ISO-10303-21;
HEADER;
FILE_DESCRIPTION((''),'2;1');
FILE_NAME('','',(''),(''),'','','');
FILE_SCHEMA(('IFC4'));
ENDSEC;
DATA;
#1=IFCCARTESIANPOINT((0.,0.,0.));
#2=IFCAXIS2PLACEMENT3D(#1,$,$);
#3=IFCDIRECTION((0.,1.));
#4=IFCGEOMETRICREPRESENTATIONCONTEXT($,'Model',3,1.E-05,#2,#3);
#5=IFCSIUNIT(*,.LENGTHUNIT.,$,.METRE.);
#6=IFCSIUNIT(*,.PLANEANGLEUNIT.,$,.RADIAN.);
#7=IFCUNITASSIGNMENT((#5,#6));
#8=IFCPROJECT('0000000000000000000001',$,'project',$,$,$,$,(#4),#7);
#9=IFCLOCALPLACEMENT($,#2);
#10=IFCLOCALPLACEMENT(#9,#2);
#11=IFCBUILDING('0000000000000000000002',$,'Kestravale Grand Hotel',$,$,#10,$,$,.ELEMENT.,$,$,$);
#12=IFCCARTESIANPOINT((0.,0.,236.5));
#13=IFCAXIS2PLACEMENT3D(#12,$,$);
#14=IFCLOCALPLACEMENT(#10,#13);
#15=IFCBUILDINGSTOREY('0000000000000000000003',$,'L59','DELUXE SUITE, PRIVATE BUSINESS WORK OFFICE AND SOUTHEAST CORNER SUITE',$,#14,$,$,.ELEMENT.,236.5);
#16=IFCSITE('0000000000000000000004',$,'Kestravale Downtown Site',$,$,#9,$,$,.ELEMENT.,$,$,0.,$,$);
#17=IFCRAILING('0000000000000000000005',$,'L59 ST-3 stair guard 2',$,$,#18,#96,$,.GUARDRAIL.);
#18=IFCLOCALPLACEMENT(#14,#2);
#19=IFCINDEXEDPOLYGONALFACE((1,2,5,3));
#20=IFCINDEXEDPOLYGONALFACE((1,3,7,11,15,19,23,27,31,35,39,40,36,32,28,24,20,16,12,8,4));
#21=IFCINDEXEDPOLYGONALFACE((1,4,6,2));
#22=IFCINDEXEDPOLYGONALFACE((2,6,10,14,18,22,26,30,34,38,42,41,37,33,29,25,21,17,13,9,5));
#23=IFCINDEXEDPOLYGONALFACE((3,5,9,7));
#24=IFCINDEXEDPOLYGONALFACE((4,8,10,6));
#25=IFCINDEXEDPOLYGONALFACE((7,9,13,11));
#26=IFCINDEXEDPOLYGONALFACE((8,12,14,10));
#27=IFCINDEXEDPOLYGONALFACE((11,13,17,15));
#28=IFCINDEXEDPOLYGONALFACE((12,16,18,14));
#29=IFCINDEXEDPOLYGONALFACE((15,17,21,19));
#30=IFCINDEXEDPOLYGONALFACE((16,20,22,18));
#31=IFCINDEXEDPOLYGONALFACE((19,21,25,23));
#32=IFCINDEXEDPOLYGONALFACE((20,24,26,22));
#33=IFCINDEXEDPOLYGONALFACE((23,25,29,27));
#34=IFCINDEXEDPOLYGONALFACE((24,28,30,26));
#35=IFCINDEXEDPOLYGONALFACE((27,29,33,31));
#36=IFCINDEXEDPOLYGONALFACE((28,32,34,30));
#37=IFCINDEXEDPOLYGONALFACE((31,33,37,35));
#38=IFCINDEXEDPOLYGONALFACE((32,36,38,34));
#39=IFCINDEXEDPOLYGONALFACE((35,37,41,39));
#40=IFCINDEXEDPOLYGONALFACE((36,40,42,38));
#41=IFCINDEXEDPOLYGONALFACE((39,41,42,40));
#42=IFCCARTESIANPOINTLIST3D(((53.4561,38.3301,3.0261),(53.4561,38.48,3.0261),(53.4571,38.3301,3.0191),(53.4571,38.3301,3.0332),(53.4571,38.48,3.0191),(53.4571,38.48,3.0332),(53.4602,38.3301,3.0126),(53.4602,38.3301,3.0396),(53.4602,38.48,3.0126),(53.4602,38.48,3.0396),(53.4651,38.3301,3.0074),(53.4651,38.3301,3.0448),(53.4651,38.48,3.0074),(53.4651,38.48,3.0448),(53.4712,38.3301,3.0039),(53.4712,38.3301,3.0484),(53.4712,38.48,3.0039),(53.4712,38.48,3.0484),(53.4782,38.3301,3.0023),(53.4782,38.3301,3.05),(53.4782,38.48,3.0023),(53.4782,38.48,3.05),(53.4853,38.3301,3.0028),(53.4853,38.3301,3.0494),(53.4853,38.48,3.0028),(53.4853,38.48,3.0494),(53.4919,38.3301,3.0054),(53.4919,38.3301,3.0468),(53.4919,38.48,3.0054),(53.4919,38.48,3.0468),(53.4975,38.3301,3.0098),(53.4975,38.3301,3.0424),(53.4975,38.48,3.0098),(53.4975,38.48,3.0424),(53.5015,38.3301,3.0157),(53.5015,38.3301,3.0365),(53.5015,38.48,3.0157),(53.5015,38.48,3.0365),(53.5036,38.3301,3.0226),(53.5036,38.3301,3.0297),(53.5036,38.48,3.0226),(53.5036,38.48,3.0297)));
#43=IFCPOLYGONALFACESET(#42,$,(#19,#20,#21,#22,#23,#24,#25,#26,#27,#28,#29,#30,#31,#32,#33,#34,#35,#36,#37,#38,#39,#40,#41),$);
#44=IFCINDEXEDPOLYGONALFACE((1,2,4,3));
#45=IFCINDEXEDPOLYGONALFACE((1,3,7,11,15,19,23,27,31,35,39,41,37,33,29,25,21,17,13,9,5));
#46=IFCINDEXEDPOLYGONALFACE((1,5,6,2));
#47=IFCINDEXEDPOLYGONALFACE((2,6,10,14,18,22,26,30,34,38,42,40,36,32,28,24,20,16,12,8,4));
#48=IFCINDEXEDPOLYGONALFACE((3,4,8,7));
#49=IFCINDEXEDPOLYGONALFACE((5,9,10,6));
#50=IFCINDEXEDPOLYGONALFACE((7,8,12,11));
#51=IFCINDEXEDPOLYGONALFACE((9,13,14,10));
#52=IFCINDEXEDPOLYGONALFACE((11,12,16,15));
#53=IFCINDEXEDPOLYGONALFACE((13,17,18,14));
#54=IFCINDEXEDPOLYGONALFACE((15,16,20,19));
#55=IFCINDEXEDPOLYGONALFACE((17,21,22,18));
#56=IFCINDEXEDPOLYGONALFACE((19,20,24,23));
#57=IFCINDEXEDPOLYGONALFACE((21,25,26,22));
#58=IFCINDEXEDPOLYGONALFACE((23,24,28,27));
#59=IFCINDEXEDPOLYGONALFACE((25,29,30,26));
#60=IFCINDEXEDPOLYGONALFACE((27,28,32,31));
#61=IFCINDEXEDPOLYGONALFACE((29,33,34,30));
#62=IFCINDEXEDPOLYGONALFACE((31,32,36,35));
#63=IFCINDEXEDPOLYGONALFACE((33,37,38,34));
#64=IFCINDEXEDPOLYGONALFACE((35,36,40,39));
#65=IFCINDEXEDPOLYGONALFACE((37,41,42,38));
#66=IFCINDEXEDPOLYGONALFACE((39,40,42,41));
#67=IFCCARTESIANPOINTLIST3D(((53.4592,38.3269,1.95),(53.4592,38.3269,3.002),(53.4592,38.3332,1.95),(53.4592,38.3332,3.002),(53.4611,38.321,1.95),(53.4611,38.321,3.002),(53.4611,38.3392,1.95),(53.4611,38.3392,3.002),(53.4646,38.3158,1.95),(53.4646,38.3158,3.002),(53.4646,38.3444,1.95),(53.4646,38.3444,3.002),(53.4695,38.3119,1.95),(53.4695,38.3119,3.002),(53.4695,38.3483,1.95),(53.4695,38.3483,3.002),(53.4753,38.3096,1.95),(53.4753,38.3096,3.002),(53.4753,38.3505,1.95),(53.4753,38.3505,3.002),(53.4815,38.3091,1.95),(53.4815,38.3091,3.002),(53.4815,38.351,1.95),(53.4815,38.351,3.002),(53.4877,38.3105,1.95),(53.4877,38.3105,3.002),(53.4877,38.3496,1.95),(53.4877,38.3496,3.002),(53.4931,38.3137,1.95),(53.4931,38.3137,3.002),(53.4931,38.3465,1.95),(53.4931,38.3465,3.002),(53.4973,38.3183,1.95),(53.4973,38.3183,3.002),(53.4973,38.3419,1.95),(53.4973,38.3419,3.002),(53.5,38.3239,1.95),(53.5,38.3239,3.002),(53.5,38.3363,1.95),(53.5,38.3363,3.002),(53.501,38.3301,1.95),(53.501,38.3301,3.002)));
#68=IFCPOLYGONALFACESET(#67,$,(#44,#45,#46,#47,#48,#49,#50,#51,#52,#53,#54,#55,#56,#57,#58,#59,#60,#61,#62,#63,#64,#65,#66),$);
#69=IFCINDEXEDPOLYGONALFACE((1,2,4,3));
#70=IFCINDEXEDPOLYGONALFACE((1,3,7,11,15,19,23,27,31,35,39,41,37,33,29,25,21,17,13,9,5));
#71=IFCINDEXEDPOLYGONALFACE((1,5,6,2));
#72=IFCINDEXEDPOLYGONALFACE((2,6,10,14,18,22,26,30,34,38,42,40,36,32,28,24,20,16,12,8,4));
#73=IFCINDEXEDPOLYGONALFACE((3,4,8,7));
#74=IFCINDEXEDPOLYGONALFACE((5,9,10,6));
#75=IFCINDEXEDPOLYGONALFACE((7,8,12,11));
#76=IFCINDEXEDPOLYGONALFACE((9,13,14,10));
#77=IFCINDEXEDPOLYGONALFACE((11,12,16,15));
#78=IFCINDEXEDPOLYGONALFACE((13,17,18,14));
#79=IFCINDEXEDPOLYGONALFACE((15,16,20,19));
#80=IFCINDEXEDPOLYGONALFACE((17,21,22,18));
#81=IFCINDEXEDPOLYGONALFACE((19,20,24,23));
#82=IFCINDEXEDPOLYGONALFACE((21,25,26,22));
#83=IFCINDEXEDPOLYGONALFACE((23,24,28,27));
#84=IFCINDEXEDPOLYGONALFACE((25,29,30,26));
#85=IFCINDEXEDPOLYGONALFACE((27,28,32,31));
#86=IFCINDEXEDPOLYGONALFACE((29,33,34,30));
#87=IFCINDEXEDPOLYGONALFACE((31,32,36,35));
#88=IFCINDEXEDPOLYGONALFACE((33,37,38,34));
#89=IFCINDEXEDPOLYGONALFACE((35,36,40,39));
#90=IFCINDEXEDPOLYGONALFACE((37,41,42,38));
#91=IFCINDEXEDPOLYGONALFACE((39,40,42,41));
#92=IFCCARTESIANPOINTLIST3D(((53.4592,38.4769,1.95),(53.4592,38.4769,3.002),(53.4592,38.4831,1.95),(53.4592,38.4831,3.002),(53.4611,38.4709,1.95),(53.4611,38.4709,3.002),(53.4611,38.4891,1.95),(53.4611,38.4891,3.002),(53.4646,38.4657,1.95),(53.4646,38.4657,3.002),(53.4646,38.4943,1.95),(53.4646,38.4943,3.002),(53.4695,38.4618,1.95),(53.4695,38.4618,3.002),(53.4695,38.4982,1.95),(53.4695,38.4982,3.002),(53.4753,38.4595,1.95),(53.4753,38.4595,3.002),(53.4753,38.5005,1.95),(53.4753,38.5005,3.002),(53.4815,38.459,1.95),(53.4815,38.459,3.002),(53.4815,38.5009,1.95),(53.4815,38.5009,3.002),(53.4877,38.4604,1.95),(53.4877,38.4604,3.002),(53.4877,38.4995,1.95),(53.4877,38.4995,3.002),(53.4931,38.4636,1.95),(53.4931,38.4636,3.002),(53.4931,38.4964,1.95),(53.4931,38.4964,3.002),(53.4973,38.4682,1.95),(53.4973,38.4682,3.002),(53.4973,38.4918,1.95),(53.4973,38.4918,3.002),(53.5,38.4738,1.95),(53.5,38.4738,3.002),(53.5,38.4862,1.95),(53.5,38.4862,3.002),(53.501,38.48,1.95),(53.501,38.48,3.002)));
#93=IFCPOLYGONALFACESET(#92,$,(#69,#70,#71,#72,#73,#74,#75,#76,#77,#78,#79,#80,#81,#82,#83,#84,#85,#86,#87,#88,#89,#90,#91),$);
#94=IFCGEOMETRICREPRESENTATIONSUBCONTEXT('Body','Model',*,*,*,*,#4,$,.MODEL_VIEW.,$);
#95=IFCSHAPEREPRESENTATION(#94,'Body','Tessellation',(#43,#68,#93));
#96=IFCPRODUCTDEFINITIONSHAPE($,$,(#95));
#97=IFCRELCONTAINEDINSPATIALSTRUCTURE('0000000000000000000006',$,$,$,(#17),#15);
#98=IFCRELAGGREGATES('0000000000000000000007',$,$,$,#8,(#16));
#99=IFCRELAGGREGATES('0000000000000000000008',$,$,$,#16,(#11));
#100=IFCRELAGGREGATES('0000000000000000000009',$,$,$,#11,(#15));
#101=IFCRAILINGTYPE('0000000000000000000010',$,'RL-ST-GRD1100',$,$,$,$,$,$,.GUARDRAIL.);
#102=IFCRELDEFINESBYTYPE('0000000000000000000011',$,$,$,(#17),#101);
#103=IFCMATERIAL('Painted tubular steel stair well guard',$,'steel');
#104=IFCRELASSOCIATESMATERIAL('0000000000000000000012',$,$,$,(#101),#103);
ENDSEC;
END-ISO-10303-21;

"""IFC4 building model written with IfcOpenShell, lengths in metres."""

from ifc_helpers import new_model, si_unit, direction, frame, origin, origin_2d, place, context, subcontext, project, spatial, circle, extrude, material, type_object, element, save


model = new_model("IFC4")

# Units and contexts
model_context = context("Model", 3, precision=1e-05, world=origin(), true_north=direction((0.0, 1.0)))
body_context = subcontext(model_context, "Body", "Model", "MODEL_VIEW")
ifc_project = project(units=[si_unit("LENGTHUNIT", "METRE"), si_unit("PLANEANGLEUNIT", "RADIAN")], contexts=[model_context])

# Site, building, storey
site_placement = place(None, origin())
site = spatial("IfcSite", under=ifc_project, at=site_placement, Name="Kestravale Downtown Site", CompositionType="ELEMENT", RefElevation=0.0)
building_placement = place(site_placement, origin())
building = spatial("IfcBuilding", under=site, at=building_placement, Name="Kestravale Grand Hotel", CompositionType="ELEMENT")
storey_placement = place(building_placement, frame((0.0, 0.0, 236.5)))
storey = spatial("IfcBuildingStorey", under=building, at=storey_placement, Name="L59", Description="DELUXE SUITE, PRIVATE BUSINESS WORK OFFICE AND SOUTHEAST CORNER SUITE", CompositionType="ELEMENT", Elevation=236.5)

# Railing
ifc_material_1 = material(Name="Painted tubular steel stair well guard", Category="steel")
railing_type_1 = type_object("IfcRailingType", Name="RL-ST-GRD1100", PredefinedType="GUARDRAIL", material=ifc_material_1)
railing_1_placement = place(storey_placement, frame((53.48, 38.3301, 1.95)))
element("IfcRailing", 1, at=railing_1_placement, inside=storey, type_object=railing_type_1, Name="L59 ST-3 stair guard 2", PredefinedType="GUARDRAIL", context=body_context, shape_type="SweptSolid", body=[
    extrude(circle(Radius=0.0239, at=origin_2d()), frame((0.0, 0.0, 1.0762), z_axis=(0.0, 1.0, 0.0), x_axis=(-1.0, 0.0, 0.0)), (0.0, 0.0, 1.0), 0.1499),
    extrude(circle(Radius=0.021, at=origin_2d()), origin(), (0.0, 0.0, 1.0), 1.052),
    extrude(circle(Radius=0.021, at=origin_2d()), frame((0.0, 0.1499, 0.0)), (0.0, 0.0, 1.0), 1.052),
])

save(model, "model.ifc")
